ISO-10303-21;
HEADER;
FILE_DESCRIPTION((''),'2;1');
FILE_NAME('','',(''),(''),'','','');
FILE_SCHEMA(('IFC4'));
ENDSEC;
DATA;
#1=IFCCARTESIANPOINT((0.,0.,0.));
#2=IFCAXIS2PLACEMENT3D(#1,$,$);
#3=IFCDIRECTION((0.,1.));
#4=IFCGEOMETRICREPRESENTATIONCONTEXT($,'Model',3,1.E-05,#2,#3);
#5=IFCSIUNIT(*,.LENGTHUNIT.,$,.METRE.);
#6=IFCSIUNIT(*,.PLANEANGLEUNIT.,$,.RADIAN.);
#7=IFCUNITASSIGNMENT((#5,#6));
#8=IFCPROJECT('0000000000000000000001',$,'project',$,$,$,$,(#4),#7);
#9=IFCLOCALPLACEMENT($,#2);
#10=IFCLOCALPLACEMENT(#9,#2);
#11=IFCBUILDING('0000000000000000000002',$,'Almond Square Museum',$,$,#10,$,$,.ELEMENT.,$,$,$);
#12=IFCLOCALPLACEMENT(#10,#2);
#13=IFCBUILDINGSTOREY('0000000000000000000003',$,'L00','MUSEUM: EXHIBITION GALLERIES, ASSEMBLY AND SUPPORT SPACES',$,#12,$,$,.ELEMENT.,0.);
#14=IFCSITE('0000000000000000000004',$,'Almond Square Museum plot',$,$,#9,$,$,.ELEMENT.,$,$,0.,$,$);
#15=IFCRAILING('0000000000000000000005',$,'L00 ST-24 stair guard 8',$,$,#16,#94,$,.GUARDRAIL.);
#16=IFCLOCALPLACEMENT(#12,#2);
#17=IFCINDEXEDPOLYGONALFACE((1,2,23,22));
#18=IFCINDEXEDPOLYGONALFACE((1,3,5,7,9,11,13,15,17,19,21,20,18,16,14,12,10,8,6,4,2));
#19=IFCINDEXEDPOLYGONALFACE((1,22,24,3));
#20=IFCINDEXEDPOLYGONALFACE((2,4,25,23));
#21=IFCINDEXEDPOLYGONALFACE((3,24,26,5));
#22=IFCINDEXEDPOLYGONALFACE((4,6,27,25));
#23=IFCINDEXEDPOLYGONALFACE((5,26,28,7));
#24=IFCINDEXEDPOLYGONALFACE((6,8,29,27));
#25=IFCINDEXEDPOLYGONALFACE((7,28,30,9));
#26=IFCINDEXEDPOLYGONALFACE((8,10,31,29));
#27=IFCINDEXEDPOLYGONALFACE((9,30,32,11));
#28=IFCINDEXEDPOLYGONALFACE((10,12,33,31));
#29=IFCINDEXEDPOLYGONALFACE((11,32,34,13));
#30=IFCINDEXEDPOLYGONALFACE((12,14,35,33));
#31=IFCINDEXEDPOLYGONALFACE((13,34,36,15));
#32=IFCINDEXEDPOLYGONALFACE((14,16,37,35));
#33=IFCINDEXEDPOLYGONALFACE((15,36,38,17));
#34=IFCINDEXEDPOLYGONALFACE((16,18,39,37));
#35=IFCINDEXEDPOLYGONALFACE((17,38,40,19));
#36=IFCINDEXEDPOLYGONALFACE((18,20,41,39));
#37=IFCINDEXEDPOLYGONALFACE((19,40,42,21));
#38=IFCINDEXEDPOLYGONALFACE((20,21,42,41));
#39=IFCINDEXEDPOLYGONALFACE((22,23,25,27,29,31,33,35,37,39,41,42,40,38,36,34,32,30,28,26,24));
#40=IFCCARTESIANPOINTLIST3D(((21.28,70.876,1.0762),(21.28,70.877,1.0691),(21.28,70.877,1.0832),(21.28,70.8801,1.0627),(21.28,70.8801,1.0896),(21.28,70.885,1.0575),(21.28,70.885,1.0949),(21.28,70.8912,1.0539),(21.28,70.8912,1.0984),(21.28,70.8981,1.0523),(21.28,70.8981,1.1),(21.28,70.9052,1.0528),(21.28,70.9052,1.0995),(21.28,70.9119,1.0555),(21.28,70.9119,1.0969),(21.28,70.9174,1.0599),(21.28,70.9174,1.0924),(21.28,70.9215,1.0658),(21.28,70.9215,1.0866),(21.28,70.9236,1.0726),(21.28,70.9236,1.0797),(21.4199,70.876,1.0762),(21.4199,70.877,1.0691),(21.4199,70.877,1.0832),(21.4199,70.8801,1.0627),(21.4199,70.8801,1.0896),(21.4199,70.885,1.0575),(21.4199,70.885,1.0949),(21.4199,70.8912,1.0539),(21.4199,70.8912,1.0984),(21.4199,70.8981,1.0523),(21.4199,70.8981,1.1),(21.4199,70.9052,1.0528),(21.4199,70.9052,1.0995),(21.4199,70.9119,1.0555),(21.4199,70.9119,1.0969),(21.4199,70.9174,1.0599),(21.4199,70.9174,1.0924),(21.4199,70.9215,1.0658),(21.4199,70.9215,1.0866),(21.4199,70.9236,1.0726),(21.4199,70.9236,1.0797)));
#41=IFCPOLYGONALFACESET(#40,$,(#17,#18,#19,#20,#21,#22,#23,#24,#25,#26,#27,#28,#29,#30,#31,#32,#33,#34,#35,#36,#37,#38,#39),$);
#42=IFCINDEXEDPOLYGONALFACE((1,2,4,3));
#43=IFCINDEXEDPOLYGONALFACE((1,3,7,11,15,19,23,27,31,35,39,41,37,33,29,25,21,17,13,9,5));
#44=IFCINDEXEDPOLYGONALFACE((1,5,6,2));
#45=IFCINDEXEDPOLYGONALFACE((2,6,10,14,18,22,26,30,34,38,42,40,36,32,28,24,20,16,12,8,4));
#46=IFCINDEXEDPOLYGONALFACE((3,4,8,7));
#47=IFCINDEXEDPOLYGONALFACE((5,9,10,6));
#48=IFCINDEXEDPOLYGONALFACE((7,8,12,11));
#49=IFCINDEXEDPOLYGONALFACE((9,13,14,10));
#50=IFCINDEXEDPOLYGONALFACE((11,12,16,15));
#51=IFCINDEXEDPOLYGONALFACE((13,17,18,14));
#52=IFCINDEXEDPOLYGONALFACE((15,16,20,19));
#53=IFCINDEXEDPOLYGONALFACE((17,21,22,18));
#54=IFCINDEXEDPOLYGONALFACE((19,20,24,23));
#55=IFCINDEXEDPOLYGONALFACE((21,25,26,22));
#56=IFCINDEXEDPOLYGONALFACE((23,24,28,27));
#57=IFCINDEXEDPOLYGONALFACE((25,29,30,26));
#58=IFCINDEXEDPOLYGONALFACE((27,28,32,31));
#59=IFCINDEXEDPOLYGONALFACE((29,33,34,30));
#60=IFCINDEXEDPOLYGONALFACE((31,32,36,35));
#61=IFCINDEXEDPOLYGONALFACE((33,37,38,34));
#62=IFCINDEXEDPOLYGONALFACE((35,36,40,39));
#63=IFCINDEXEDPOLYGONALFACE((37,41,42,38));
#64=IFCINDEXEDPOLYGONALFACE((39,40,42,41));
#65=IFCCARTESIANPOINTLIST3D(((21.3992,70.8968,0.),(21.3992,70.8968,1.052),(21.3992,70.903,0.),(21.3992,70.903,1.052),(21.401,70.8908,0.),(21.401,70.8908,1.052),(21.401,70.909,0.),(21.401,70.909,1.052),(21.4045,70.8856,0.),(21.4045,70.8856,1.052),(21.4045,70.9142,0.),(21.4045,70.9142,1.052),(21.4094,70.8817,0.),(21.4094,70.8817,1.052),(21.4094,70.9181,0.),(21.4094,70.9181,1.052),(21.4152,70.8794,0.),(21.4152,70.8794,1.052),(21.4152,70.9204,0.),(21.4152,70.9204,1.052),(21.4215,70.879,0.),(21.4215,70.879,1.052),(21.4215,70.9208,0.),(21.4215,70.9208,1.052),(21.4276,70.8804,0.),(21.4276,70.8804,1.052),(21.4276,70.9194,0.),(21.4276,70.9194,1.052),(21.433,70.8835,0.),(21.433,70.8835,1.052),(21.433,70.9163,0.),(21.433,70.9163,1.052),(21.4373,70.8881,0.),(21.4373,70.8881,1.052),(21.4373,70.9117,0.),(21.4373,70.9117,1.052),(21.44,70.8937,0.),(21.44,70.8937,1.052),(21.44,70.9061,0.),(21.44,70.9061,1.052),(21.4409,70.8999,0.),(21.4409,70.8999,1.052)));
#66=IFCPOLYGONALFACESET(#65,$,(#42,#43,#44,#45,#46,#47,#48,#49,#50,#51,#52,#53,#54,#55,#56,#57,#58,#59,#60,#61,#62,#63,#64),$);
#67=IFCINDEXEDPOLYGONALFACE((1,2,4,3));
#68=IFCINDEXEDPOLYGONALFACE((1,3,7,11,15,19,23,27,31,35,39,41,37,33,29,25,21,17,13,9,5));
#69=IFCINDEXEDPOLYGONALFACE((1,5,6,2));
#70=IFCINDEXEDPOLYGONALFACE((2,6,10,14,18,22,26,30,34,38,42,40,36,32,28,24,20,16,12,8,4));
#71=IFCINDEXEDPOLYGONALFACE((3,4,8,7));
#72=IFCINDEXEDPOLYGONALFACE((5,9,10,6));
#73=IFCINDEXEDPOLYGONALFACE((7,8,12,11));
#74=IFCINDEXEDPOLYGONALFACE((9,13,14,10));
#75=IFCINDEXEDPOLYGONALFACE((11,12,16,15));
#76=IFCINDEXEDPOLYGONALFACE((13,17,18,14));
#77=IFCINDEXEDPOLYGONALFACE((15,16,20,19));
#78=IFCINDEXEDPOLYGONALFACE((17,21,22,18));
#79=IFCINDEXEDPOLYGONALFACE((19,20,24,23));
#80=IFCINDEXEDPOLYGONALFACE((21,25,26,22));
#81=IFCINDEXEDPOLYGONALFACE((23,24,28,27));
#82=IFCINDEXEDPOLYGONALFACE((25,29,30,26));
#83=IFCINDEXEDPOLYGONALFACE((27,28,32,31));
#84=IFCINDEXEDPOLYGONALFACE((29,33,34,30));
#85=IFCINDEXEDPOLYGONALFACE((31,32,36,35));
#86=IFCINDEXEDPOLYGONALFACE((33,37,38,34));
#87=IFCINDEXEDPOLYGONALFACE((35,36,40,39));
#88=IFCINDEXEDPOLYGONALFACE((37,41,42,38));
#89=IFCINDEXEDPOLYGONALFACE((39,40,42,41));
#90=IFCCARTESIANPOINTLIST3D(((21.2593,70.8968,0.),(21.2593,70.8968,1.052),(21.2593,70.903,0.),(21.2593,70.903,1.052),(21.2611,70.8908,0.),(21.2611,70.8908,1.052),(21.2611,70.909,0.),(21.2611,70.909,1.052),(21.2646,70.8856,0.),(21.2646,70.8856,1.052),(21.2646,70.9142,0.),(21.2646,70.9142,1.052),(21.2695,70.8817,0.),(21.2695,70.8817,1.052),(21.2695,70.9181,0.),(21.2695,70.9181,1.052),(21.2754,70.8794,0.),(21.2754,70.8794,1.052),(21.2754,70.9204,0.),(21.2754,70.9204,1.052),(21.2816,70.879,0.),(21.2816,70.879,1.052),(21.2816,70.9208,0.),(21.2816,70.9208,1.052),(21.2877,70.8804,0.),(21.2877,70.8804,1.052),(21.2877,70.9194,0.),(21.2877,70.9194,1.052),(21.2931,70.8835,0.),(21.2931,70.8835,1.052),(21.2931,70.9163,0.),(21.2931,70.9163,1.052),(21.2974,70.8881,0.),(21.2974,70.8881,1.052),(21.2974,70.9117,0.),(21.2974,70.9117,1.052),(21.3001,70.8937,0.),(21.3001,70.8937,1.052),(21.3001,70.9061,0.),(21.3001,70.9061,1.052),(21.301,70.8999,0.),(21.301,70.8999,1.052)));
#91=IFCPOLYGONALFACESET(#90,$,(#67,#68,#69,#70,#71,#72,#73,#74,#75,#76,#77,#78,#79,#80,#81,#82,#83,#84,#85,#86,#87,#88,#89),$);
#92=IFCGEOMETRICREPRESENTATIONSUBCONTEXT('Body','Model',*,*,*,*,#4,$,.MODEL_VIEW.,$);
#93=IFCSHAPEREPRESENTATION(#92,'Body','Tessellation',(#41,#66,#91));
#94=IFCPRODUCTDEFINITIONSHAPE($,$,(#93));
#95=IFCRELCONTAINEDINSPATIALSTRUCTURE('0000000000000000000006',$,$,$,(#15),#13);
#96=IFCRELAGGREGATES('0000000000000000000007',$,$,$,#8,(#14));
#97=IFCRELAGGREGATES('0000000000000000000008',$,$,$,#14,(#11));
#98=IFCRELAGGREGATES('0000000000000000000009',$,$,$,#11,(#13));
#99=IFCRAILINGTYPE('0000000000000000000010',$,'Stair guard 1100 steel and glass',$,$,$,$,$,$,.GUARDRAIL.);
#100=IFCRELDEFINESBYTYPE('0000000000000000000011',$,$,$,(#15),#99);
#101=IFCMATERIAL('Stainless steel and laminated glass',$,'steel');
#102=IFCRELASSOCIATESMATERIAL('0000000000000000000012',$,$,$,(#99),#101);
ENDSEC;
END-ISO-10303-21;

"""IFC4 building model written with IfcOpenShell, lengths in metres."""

from ifc_helpers import new_model, si_unit, direction, frame, origin, origin_2d, place, context, subcontext, project, spatial, circle, extrude, material, type_object, element, save


model = new_model("IFC4")

# Units and contexts
model_context = context("Model", 3, precision=1e-05, world=origin(), true_north=direction((0.0, 1.0)))
body_context = subcontext(model_context, "Body", "Model", "MODEL_VIEW")
ifc_project = project(units=[si_unit("LENGTHUNIT", "METRE"), si_unit("PLANEANGLEUNIT", "RADIAN")], contexts=[model_context])

# Site, building, storey
site_placement = place(None, origin())
site = spatial("IfcSite", under=ifc_project, at=site_placement, Name="Almond Square Museum plot", CompositionType="ELEMENT", RefElevation=0.0)
building_placement = place(site_placement, origin())
building = spatial("IfcBuilding", under=site, at=building_placement, Name="Almond Square Museum", CompositionType="ELEMENT")
storey_placement = place(building_placement, origin())
storey = spatial("IfcBuildingStorey", under=building, at=storey_placement, Name="L00", Description="MUSEUM: EXHIBITION GALLERIES, ASSEMBLY AND SUPPORT SPACES", CompositionType="ELEMENT", Elevation=0.0)

# Railing
ifc_material_1 = material(Name="Stainless steel and laminated glass", Category="steel")
railing_type_1 = type_object("IfcRailingType", Name="Stair guard 1100 steel and glass", PredefinedType="GUARDRAIL", material=ifc_material_1)
railing_1_placement = place(storey_placement, frame((21.4199, 70.8999, 0.0)))
element("IfcRailing", 1, at=railing_1_placement, inside=storey, type_object=railing_type_1, Name="L00 ST-24 stair guard 8", PredefinedType="GUARDRAIL", context=body_context, shape_type="SweptSolid", body=[
    extrude(circle(Radius=0.0239, at=origin_2d()), frame((0.0, 0.0, 1.0762), z_axis=(-1.0, 0.0, 0.0), x_axis=(0.0, -1.0, 0.0)), (0.0, 0.0, 1.0), 0.1399),
    extrude(circle(Radius=0.021, at=origin_2d()), origin(), (0.0, 0.0, 1.0), 1.052),
    extrude(circle(Radius=0.021, at=origin_2d()), frame((-0.1399, 0.0, 0.0)), (0.0, 0.0, 1.0), 1.052),
])

save(model, "model.ifc")
